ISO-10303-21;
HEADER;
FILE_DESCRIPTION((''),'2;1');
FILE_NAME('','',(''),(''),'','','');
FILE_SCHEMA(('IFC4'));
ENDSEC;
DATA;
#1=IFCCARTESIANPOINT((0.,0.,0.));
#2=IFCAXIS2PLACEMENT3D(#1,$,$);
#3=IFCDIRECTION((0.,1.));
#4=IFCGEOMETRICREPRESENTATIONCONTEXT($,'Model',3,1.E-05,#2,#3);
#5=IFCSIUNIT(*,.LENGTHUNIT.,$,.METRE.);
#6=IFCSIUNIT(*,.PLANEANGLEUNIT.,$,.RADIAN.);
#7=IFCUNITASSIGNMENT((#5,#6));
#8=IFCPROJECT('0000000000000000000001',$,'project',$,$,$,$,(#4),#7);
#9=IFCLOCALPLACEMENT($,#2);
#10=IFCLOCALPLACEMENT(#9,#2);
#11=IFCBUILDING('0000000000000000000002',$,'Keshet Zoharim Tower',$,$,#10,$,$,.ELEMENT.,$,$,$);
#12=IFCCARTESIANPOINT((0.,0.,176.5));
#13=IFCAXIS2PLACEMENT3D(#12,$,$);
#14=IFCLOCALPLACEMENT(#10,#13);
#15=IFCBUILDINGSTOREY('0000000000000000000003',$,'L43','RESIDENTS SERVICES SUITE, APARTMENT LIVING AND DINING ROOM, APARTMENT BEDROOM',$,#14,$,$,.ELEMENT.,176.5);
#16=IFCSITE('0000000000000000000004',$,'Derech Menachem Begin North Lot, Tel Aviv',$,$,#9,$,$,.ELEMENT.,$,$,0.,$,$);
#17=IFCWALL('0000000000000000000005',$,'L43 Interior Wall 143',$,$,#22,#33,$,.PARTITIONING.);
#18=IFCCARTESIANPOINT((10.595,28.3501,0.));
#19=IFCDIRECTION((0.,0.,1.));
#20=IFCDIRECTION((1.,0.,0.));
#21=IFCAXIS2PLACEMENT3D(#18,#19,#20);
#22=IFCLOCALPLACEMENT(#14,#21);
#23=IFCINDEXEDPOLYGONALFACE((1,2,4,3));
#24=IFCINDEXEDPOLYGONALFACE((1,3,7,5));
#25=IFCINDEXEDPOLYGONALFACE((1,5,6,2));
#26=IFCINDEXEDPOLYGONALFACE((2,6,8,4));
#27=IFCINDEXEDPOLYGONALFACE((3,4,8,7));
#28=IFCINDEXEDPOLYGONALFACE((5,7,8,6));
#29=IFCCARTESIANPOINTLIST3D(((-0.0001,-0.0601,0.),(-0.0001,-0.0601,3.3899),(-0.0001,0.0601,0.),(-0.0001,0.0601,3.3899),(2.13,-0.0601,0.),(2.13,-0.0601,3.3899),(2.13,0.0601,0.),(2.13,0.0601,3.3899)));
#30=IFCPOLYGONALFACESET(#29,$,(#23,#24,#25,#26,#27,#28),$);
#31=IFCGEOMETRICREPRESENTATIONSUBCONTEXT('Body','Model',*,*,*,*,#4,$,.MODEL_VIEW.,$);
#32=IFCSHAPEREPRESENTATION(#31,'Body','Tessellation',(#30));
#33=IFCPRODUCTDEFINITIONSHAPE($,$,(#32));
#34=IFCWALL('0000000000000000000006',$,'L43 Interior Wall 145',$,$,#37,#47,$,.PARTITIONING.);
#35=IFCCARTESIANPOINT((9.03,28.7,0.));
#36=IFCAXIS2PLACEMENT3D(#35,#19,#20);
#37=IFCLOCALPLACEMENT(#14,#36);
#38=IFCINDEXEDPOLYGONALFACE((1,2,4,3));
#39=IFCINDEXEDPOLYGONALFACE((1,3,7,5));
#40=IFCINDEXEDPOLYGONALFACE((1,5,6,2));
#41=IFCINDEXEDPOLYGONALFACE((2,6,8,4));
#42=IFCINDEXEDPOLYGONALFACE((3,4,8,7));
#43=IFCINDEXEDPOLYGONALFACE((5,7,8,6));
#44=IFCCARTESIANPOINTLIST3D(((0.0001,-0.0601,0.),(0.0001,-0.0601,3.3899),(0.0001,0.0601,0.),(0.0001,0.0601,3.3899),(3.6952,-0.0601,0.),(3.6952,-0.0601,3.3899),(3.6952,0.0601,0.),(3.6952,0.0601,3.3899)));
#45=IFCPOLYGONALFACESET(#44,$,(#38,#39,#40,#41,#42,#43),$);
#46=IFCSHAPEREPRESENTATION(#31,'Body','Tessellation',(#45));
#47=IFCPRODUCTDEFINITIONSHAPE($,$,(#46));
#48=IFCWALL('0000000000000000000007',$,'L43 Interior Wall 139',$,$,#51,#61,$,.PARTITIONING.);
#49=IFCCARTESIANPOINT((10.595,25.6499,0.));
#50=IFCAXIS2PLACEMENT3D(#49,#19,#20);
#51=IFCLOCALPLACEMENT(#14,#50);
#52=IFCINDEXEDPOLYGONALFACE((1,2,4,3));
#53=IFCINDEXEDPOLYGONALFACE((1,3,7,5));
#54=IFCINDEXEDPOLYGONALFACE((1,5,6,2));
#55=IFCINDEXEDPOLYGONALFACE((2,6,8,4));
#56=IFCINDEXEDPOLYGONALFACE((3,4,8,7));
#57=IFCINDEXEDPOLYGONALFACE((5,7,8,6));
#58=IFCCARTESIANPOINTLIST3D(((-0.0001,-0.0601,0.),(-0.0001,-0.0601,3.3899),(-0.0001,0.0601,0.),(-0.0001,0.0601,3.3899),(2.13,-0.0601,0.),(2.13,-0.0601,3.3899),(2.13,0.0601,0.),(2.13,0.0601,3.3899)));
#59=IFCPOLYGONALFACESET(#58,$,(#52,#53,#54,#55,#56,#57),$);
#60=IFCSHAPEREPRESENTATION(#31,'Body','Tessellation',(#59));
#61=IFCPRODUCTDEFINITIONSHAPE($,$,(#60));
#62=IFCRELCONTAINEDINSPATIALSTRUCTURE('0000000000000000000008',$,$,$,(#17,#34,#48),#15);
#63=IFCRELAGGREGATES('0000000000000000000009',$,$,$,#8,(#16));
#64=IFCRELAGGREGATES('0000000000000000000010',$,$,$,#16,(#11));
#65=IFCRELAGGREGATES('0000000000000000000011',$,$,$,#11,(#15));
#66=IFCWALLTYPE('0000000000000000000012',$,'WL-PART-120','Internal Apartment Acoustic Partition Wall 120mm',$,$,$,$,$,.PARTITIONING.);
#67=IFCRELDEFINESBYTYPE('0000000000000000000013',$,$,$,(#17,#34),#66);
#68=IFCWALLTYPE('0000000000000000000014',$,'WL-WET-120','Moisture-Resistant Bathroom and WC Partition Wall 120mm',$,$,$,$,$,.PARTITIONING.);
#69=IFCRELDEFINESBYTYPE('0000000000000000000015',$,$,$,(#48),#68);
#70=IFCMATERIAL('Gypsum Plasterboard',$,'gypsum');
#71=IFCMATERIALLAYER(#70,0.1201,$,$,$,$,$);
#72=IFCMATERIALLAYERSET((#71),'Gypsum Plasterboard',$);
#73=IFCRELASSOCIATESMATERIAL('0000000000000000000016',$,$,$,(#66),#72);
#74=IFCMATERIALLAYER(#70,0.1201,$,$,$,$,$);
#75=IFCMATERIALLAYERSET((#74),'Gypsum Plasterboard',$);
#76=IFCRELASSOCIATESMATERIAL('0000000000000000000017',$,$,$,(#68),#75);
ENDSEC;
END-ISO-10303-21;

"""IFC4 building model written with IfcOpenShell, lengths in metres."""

from ifc_helpers import new_model, si_unit, direction, frame, frame_2d, origin, place, context, subcontext, project, spatial, rectangle, extrude, material, layer, layer_set, type_object, element, save


model = new_model("IFC4")

# Units and contexts
model_context = context("Model", 3, precision=1e-05, world=origin(), true_north=direction((0.0, 1.0)))
body_context = subcontext(model_context, "Body", "Model", "MODEL_VIEW")
ifc_project = project(units=[si_unit("LENGTHUNIT", "METRE"), si_unit("PLANEANGLEUNIT", "RADIAN")], contexts=[model_context])

# Site, building, storey
site_placement = place(None, origin())
site = spatial("IfcSite", under=ifc_project, at=site_placement, Name="Derech Menachem Begin North Lot, Tel Aviv", CompositionType="ELEMENT", RefElevation=0.0)
building_placement = place(site_placement, origin())
building = spatial("IfcBuilding", under=site, at=building_placement, Name="Keshet Zoharim Tower", CompositionType="ELEMENT")
storey_placement = place(building_placement, frame((0.0, 0.0, 176.5)))
storey = spatial("IfcBuildingStorey", under=building, at=storey_placement, Name="L43", Description="RESIDENTS SERVICES SUITE, APARTMENT LIVING AND DINING ROOM, APARTMENT BEDROOM", CompositionType="ELEMENT", Elevation=176.5)

# Shared definitions
ifc_material_1 = material(Name="Gypsum Plasterboard", Category="gypsum")

# Shared definitions
ifc_layer_1 = layer(ifc_material_1, 0.1201)
ifc_layer_set_1 = layer_set([ifc_layer_1], Name="Gypsum Plasterboard")
wall_type_1 = type_object("IfcWallType", Name="WL-PART-120", Description="Internal Apartment Acoustic Partition Wall 120mm", PredefinedType="PARTITIONING", material=ifc_layer_set_1)

# Walls
wall_1_placement = place(storey_placement, frame((10.595, 28.3501, 0.0), z_axis=(0.0, 0.0, 1.0), x_axis=(1.0, 0.0, 0.0)))
element("IfcWall", 1, at=wall_1_placement, inside=storey, type_object=wall_type_1, Name="L43 Interior Wall 143", PredefinedType="PARTITIONING", context=body_context, shape_type="SweptSolid", body=[
    extrude(rectangle(XDim=2.1301, YDim=0.1201, at=frame_2d((1.0649, 0.0))), origin(), (0.0, 0.0, 1.0), 3.3899),
])
wall_2_placement = place(storey_placement, frame((9.03, 28.7, 0.0), z_axis=(0.0, 0.0, 1.0), x_axis=(1.0, 0.0, 0.0)))
element("IfcWall", 2, at=wall_2_placement, inside=storey, type_object=wall_type_1, Name="L43 Interior Wall 145", PredefinedType="PARTITIONING", context=body_context, shape_type="SweptSolid", body=[
    extrude(rectangle(XDim=3.6951, YDim=0.1201, at=frame_2d((1.8477, 0.0))), origin(), (0.0, 0.0, 1.0), 3.3899),
])

# Wall
ifc_layer_2 = layer(ifc_material_1, 0.1201)
ifc_layer_set_2 = layer_set([ifc_layer_2], Name="Gypsum Plasterboard")
wall_type_2 = type_object("IfcWallType", Name="WL-WET-120", Description="Moisture-Resistant Bathroom and WC Partition Wall 120mm", PredefinedType="PARTITIONING", material=ifc_layer_set_2)
wall_3_placement = place(storey_placement, frame((10.595, 25.6499, 0.0), z_axis=(0.0, 0.0, 1.0), x_axis=(1.0, 0.0, 0.0)))
element("IfcWall", 3, at=wall_3_placement, inside=storey, type_object=wall_type_2, Name="L43 Interior Wall 139", PredefinedType="PARTITIONING", context=body_context, shape_type="SweptSolid", body=[
    extrude(rectangle(XDim=2.1301, YDim=0.1201, at=frame_2d((1.0649, 0.0))), origin(), (0.0, 0.0, 1.0), 3.3899),
])

save(model, "model.ifc")
